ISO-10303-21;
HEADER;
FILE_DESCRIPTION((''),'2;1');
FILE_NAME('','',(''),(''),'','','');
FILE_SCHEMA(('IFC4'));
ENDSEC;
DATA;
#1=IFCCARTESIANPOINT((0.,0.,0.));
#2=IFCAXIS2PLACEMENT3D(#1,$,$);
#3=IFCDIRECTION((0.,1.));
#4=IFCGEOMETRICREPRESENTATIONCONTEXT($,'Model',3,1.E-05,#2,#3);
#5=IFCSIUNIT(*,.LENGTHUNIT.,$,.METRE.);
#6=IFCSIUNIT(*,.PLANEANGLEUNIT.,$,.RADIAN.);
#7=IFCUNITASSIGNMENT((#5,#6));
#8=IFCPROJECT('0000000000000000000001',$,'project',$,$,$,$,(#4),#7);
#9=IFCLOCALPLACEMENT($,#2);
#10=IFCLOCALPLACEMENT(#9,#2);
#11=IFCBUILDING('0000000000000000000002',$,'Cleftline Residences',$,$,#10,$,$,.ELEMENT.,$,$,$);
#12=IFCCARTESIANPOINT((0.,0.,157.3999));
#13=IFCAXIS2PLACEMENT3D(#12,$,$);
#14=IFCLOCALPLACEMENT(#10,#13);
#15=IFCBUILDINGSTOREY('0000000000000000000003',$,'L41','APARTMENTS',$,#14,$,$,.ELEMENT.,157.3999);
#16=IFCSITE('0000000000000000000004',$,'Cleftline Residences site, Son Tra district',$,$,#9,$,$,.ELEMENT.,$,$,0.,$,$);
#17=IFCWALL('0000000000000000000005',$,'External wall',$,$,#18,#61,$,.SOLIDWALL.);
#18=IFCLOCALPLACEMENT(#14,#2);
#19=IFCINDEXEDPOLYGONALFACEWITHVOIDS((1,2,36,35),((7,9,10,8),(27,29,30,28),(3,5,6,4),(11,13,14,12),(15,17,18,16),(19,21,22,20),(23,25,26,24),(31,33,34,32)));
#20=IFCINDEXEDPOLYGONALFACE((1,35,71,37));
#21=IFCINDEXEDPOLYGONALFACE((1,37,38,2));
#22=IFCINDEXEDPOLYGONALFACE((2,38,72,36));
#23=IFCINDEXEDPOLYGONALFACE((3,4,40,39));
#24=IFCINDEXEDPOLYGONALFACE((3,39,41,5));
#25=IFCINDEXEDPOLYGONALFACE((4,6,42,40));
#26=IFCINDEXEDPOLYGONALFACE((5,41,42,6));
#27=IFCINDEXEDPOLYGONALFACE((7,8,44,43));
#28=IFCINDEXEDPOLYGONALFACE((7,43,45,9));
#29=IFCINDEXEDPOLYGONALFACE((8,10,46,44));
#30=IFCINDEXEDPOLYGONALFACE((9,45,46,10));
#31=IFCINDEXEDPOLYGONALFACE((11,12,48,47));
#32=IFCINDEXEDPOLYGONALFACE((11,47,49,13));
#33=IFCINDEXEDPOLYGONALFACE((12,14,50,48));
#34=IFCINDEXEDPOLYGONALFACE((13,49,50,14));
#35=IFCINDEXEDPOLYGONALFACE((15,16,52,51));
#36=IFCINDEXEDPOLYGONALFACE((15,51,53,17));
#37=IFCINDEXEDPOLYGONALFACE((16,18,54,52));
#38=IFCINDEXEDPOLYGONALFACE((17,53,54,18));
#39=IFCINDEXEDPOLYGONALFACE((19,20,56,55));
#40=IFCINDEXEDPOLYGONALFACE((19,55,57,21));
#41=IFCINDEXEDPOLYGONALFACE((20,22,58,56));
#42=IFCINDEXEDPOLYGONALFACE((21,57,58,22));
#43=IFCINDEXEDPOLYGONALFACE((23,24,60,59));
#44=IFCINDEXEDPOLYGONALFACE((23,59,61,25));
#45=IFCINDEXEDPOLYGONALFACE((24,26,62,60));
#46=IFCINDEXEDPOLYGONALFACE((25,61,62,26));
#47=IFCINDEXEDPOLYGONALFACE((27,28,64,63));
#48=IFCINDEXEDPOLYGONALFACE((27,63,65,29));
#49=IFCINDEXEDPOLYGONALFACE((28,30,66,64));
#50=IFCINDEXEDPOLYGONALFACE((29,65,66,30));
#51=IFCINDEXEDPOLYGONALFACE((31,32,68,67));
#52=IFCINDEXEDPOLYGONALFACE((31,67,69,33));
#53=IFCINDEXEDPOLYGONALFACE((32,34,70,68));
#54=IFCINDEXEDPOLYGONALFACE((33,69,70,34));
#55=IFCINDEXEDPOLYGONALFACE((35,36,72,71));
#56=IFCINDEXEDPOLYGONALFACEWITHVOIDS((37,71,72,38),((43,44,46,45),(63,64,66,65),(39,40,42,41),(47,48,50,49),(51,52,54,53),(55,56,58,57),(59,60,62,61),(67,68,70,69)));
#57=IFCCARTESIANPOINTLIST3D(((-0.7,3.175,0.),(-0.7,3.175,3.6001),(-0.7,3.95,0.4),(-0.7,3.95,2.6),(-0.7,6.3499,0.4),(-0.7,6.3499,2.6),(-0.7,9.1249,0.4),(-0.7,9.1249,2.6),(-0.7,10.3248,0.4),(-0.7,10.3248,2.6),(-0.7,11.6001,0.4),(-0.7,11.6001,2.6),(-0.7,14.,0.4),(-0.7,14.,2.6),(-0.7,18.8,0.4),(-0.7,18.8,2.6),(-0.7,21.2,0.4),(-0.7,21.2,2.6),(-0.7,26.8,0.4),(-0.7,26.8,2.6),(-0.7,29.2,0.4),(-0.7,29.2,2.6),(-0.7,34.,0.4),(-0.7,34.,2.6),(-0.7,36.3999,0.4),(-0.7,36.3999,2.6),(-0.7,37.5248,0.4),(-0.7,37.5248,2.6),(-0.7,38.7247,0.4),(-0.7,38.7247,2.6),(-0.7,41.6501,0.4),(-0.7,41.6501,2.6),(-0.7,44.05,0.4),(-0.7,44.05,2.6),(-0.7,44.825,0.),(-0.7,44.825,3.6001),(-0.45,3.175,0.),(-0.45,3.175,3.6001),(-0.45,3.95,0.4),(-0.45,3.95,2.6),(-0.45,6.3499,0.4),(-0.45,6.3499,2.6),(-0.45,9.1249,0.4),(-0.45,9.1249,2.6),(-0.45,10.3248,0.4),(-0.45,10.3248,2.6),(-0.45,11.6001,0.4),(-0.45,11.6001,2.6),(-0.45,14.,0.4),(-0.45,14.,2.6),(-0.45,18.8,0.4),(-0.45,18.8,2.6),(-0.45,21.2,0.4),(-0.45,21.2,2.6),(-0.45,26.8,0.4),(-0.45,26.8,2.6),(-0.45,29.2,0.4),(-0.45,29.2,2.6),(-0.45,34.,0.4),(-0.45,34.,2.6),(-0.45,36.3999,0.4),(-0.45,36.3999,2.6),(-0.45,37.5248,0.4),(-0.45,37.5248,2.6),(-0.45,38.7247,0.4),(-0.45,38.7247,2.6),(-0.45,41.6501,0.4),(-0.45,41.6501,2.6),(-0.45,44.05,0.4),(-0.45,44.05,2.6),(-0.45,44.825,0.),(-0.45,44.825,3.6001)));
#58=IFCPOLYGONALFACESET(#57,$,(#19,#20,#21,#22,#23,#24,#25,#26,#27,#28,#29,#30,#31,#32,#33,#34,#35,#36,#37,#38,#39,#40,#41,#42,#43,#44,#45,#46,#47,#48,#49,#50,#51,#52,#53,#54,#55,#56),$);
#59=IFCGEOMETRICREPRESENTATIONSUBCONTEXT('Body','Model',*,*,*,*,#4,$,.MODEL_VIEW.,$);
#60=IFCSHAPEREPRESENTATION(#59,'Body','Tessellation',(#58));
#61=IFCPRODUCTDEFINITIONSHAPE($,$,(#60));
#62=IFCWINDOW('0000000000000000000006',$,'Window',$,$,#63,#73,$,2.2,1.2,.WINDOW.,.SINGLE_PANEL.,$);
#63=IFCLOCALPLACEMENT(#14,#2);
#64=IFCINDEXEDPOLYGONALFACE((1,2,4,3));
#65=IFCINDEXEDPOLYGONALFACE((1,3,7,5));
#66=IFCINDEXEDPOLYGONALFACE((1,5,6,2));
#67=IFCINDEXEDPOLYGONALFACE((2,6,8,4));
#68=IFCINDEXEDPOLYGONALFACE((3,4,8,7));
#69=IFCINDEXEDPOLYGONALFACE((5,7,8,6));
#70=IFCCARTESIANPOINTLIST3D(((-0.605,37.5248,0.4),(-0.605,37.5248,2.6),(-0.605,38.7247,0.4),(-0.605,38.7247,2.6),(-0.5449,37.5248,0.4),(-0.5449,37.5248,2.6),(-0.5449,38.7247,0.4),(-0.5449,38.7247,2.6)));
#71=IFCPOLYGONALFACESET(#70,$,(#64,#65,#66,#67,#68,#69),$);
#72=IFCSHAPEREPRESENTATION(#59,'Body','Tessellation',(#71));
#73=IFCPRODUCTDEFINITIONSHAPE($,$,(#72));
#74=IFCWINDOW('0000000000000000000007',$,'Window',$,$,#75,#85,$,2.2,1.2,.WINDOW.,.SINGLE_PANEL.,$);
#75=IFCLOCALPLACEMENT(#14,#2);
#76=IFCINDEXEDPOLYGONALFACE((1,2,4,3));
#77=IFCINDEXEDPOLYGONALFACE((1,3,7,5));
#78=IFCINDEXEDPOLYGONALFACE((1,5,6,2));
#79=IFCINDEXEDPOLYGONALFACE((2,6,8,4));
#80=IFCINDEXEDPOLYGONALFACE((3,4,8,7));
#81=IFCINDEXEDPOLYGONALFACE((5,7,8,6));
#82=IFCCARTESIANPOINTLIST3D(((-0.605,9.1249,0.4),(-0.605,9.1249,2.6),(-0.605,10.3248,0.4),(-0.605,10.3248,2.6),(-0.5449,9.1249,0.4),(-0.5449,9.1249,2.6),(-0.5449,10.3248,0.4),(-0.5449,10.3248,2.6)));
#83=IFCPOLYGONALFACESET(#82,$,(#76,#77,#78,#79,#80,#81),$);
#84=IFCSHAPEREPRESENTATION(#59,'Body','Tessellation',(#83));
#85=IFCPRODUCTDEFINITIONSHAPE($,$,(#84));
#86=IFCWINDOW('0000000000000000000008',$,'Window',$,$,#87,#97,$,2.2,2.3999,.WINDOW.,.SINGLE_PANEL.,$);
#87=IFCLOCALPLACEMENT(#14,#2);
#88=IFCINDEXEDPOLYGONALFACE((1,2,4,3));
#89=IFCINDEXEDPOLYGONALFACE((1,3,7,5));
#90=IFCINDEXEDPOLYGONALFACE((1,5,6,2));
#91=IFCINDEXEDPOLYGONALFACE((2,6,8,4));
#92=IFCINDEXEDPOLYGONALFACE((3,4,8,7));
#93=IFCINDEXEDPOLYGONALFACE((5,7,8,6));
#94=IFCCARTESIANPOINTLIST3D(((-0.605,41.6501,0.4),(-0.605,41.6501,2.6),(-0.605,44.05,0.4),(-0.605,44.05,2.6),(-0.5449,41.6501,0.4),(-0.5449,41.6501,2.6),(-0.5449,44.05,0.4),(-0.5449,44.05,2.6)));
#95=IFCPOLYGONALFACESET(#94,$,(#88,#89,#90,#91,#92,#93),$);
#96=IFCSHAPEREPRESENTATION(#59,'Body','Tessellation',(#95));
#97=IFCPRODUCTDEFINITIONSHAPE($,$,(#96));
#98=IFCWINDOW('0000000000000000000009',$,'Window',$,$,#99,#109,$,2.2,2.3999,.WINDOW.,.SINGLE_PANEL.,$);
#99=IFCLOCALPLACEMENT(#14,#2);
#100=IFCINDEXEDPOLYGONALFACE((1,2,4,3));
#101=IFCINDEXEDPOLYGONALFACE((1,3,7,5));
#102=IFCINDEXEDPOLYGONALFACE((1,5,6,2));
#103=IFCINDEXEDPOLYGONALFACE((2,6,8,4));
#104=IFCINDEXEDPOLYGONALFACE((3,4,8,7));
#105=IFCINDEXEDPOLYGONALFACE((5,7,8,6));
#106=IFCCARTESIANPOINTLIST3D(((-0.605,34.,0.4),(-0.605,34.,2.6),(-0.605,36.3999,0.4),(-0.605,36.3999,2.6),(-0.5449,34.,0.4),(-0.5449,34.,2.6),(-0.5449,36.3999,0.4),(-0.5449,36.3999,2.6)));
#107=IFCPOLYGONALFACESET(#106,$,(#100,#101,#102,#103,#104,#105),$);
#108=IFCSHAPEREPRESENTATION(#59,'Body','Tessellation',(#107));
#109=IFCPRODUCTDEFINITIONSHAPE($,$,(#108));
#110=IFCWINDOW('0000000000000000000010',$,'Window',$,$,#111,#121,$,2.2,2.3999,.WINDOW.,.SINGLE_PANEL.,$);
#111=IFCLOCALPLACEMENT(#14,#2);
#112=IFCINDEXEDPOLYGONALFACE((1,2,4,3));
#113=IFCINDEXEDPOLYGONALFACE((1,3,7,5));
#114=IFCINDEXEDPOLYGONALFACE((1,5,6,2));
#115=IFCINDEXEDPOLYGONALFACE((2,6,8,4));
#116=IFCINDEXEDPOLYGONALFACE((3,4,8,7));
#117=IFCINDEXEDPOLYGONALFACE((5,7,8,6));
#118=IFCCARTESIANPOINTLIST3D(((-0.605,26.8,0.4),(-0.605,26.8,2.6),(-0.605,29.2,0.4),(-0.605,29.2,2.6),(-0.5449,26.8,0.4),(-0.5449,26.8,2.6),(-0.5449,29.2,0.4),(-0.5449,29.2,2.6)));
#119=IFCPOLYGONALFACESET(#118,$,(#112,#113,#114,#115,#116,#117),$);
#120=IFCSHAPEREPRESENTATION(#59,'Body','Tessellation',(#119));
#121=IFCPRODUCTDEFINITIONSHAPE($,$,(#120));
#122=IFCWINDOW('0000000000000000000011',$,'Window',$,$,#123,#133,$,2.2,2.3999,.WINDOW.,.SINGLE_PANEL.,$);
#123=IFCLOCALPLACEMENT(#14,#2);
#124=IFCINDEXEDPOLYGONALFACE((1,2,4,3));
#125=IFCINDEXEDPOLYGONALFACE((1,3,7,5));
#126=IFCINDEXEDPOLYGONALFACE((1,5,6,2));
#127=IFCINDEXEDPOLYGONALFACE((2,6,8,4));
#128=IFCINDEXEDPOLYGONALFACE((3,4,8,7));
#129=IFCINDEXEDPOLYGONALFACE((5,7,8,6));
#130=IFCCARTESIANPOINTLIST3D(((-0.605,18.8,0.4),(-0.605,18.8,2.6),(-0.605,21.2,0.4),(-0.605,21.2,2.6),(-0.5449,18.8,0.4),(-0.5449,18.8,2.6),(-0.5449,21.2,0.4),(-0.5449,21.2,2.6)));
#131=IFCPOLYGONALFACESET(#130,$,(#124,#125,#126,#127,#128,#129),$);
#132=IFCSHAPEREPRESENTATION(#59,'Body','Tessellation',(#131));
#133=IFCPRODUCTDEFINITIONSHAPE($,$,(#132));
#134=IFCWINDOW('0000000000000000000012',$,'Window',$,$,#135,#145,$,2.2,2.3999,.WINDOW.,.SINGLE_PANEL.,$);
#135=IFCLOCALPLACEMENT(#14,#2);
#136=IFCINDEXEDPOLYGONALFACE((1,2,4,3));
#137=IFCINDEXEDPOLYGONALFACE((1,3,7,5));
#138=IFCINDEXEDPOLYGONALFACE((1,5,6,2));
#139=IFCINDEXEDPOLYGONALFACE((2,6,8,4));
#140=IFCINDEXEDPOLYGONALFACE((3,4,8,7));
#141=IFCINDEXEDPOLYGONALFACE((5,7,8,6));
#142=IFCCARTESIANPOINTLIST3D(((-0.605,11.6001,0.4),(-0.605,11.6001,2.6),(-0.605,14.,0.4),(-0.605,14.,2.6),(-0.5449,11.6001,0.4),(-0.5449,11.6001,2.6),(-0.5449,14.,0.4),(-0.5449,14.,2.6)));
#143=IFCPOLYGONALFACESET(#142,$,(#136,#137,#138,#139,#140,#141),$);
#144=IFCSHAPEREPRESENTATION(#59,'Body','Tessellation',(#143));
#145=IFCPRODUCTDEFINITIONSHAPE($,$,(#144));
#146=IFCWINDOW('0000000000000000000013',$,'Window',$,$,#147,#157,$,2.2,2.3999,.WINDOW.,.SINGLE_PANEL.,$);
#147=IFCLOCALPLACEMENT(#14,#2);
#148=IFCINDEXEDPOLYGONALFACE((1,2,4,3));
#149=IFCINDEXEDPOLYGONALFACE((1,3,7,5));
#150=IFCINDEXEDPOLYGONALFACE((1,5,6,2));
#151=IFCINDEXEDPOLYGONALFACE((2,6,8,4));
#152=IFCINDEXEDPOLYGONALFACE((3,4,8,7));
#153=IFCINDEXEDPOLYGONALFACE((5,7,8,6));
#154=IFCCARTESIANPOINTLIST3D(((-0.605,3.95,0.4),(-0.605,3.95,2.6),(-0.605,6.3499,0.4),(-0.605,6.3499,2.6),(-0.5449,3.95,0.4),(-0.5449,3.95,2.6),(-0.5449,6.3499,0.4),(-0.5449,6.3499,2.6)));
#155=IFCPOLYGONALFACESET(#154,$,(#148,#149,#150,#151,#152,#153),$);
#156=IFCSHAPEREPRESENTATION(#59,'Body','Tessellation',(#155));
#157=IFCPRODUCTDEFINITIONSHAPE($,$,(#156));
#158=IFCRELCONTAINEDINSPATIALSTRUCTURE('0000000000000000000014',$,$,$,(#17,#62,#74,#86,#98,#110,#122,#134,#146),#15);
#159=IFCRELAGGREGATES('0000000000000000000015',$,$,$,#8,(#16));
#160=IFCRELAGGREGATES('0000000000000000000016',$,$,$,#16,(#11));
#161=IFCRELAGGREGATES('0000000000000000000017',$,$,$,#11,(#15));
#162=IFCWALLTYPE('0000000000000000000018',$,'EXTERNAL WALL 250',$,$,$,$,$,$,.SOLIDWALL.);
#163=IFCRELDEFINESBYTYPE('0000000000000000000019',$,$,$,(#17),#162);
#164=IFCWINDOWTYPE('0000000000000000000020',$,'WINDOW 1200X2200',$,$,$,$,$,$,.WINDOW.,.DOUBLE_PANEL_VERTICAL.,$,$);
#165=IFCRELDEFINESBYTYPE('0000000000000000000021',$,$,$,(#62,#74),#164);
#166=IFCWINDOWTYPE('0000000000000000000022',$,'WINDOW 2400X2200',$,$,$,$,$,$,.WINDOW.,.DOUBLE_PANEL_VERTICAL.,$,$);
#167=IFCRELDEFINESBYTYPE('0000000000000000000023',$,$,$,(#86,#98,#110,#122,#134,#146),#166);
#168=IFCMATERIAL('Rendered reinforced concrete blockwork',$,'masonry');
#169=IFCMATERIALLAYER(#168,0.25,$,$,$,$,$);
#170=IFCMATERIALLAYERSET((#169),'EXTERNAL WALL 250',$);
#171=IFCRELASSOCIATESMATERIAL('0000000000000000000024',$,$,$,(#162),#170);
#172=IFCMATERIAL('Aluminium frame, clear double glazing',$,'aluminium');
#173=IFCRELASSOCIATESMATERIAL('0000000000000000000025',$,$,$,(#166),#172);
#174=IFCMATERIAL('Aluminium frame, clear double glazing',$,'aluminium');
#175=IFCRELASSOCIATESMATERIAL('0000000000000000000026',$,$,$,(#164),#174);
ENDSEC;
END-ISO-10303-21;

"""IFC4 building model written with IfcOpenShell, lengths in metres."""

from ifc_helpers import new_model, si_unit, direction, frame, frame_2d, origin, place, context, subcontext, project, spatial, rectangle, extrude, material, layer, layer_set, type_object, element, fill, save


model = new_model("IFC4")

# Units and contexts
model_context = context("Model", 3, precision=1e-05, world=origin(), true_north=direction((0.0, 1.0)))
body_context = subcontext(model_context, "Body", "Model", "MODEL_VIEW")
ifc_project = project(units=[si_unit("LENGTHUNIT", "METRE"), si_unit("PLANEANGLEUNIT", "RADIAN")], contexts=[model_context])

# Site, building, storey
site_placement = place(None, origin())
site = spatial("IfcSite", under=ifc_project, at=site_placement, Name="Cleftline Residences site, Son Tra district", CompositionType="ELEMENT", RefElevation=0.0)
building_placement = place(site_placement, origin())
building = spatial("IfcBuilding", under=site, at=building_placement, Name="Cleftline Residences", CompositionType="ELEMENT")
storey_placement = place(building_placement, frame((0.0, 0.0, 157.3999)))
storey = spatial("IfcBuildingStorey", under=building, at=storey_placement, Name="L41", Description="APARTMENTS", CompositionType="ELEMENT", Elevation=157.3999)

# Shared definitions
ifc_material_1 = material(Name="Rendered reinforced concrete blockwork", Category="masonry")
ifc_layer_1 = layer(ifc_material_1, 0.25)
ifc_layer_set_1 = layer_set([ifc_layer_1], Name="EXTERNAL WALL 250")
wall_type_1 = type_object("IfcWallType", Name="EXTERNAL WALL 250", PredefinedType="SOLIDWALL", material=ifc_layer_set_1)
ifc_material_2 = material(Name="Aluminium frame, clear double glazing", Category="aluminium")
window_type_1 = type_object("IfcWindowType", Name="WINDOW 2400X2200", PartitioningType="DOUBLE_PANEL_VERTICAL", PredefinedType="WINDOW", material=ifc_material_2)

# Wall, openings, windows
wall_1_placement = place(storey_placement, frame((-0.575, 44.825, 0.0), z_axis=(0.0, 0.0, 1.0), x_axis=(0.0, -1.0, 0.0)))
wall_1 = element("IfcWall", 1, at=wall_1_placement, inside=storey, type_object=wall_type_1, Name="External wall", PredefinedType="SOLIDWALL", context=body_context, shape_type="SweptSolid", body=[
    extrude(rectangle(XDim=41.6499, YDim=0.25, at=frame_2d((20.825, 0.0))), origin(), (0.0, 0.0, 1.0), 3.6001),
])
opening_1_placement = place(wall_1_placement, frame((0.7749, 0.0, 0.3999)))
opening_1 = element("IfcOpeningElement", 2, at=opening_1_placement, cuts=wall_1, PredefinedType="OPENING", context=body_context, shape_type="SweptSolid", body=[
    extrude(rectangle(XDim=2.3999, YDim=2.2, at=frame_2d((1.2, 1.1001))), frame((0.0, 0.135, 0.0), z_axis=(0.0, -1.0, 0.0), x_axis=(1.0, 0.0, 0.0)), (0.0, 0.0, 1.0), 0.27),
])
opening_2_placement = place(wall_1_placement, frame((6.1001, 0.0, 0.3999)))
opening_2 = element("IfcOpeningElement", 3, at=opening_2_placement, cuts=wall_1, PredefinedType="OPENING", context=body_context, shape_type="SweptSolid", body=[
    extrude(rectangle(XDim=1.2, YDim=2.2, at=frame_2d((0.6001, 1.1001))), frame((0.0, 0.135, 0.0), z_axis=(0.0, -1.0, 0.0), x_axis=(1.0, 0.0, 0.0)), (0.0, 0.0, 1.0), 0.27),
])
opening_3_placement = place(wall_1_placement, frame((8.425, 0.0, 0.3999)))
opening_3 = element("IfcOpeningElement", 4, at=opening_3_placement, cuts=wall_1, PredefinedType="OPENING", context=body_context, shape_type="SweptSolid", body=[
    extrude(rectangle(XDim=2.3999, YDim=2.2, at=frame_2d((1.2, 1.1001))), frame((0.0, 0.135, 0.0), z_axis=(0.0, -1.0, 0.0), x_axis=(1.0, 0.0, 0.0)), (0.0, 0.0, 1.0), 0.27),
])
opening_4_placement = place(wall_1_placement, frame((15.625, 0.0, 0.3999)))
opening_4 = element("IfcOpeningElement", 5, at=opening_4_placement, cuts=wall_1, PredefinedType="OPENING", context=body_context, shape_type="SweptSolid", body=[
    extrude(rectangle(XDim=2.3999, YDim=2.2, at=frame_2d((1.2, 1.1001))), frame((0.0, 0.135, 0.0), z_axis=(0.0, -1.0, 0.0), x_axis=(1.0, 0.0, 0.0)), (0.0, 0.0, 1.0), 0.27),
])
opening_5_placement = place(wall_1_placement, frame((23.625, 0.0, 0.3999)))
opening_5 = element("IfcOpeningElement", 6, at=opening_5_placement, cuts=wall_1, PredefinedType="OPENING", context=body_context, shape_type="SweptSolid", body=[
    extrude(rectangle(XDim=2.3999, YDim=2.2, at=frame_2d((1.2, 1.1001))), frame((0.0, 0.135, 0.0), z_axis=(0.0, -1.0, 0.0), x_axis=(1.0, 0.0, 0.0)), (0.0, 0.0, 1.0), 0.27),
])
opening_6_placement = place(wall_1_placement, frame((30.825, 0.0, 0.3999)))
opening_6 = element("IfcOpeningElement", 7, at=opening_6_placement, cuts=wall_1, PredefinedType="OPENING", context=body_context, shape_type="SweptSolid", body=[
    extrude(rectangle(XDim=2.3999, YDim=2.2, at=frame_2d((1.2, 1.1001))), frame((0.0, 0.135, 0.0), z_axis=(0.0, -1.0, 0.0), x_axis=(1.0, 0.0, 0.0)), (0.0, 0.0, 1.0), 0.27),
])
opening_7_placement = place(wall_1_placement, frame((34.5, 0.0, 0.3999)))
opening_7 = element("IfcOpeningElement", 8, at=opening_7_placement, cuts=wall_1, PredefinedType="OPENING", context=body_context, shape_type="SweptSolid", body=[
    extrude(rectangle(XDim=1.2, YDim=2.2, at=frame_2d((0.6001, 1.1001))), frame((0.0, 0.135, 0.0), z_axis=(0.0, -1.0, 0.0), x_axis=(1.0, 0.0, 0.0)), (0.0, 0.0, 1.0), 0.27),
])
opening_8_placement = place(wall_1_placement, frame((38.4751, 0.0, 0.3999)))
opening_8 = element("IfcOpeningElement", 9, at=opening_8_placement, cuts=wall_1, PredefinedType="OPENING", context=body_context, shape_type="SweptSolid", body=[
    extrude(rectangle(XDim=2.3999, YDim=2.2, at=frame_2d((1.2, 1.1001))), frame((0.0, 0.135, 0.0), z_axis=(0.0, -1.0, 0.0), x_axis=(1.0, 0.0, 0.0)), (0.0, 0.0, 1.0), 0.27),
])
ifc_material_3 = material(Name="Aluminium frame, clear double glazing", Category="aluminium")
window_type_2 = type_object("IfcWindowType", Name="WINDOW 1200X2200", PartitioningType="DOUBLE_PANEL_VERTICAL", PredefinedType="WINDOW", material=ifc_material_3)
window_1_placement = place(opening_2_placement, origin())
window_1 = element("IfcWindow", 10, at=window_1_placement, inside=storey, type_object=window_type_2, Name="Window", OverallHeight=2.2, OverallWidth=1.2, PartitioningType="SINGLE_PANEL", PredefinedType="WINDOW", context=body_context, shape_type="SweptSolid", body=[
    extrude(rectangle(XDim=1.2, YDim=2.2, at=frame_2d((0.6001, 1.1001))), frame((0.0, 0.03, 0.0), z_axis=(0.0, -1.0, 0.0), x_axis=(1.0, 0.0, 0.0)), (0.0, 0.0, 1.0), 0.0601),
])
fill(opening_2, window_1)
window_2_placement = place(opening_7_placement, origin())
window_2 = element("IfcWindow", 11, at=window_2_placement, inside=storey, type_object=window_type_2, Name="Window", OverallHeight=2.2, OverallWidth=1.2, PartitioningType="SINGLE_PANEL", PredefinedType="WINDOW", context=body_context, shape_type="SweptSolid", body=[
    extrude(rectangle(XDim=1.2, YDim=2.2, at=frame_2d((0.6001, 1.1001))), frame((0.0, 0.03, 0.0), z_axis=(0.0, -1.0, 0.0), x_axis=(1.0, 0.0, 0.0)), (0.0, 0.0, 1.0), 0.0601),
])
fill(opening_7, window_2)
window_3_placement = place(opening_1_placement, origin())
window_3 = element("IfcWindow", 12, at=window_3_placement, inside=storey, type_object=window_type_1, Name="Window", OverallHeight=2.2, OverallWidth=2.3999, PartitioningType="SINGLE_PANEL", PredefinedType="WINDOW", context=body_context, shape_type="SweptSolid", body=[
    extrude(rectangle(XDim=2.3999, YDim=2.2, at=frame_2d((1.2, 1.1001))), frame((0.0, 0.03, 0.0), z_axis=(0.0, -1.0, 0.0), x_axis=(1.0, 0.0, 0.0)), (0.0, 0.0, 1.0), 0.0601),
])
fill(opening_1, window_3)
window_4_placement = place(opening_3_placement, origin())
window_4 = element("IfcWindow", 13, at=window_4_placement, inside=storey, type_object=window_type_1, Name="Window", OverallHeight=2.2, OverallWidth=2.3999, PartitioningType="SINGLE_PANEL", PredefinedType="WINDOW", context=body_context, shape_type="SweptSolid", body=[
    extrude(rectangle(XDim=2.3999, YDim=2.2, at=frame_2d((1.2, 1.1001))), frame((0.0, 0.03, 0.0), z_axis=(0.0, -1.0, 0.0), x_axis=(1.0, 0.0, 0.0)), (0.0, 0.0, 1.0), 0.0601),
])
fill(opening_3, window_4)
window_5_placement = place(opening_4_placement, origin())
window_5 = element("IfcWindow", 14, at=window_5_placement, inside=storey, type_object=window_type_1, Name="Window", OverallHeight=2.2, OverallWidth=2.3999, PartitioningType="SINGLE_PANEL", PredefinedType="WINDOW", context=body_context, shape_type="SweptSolid", body=[
    extrude(rectangle(XDim=2.3999, YDim=2.2, at=frame_2d((1.2, 1.1001))), frame((0.0, 0.03, 0.0), z_axis=(0.0, -1.0, 0.0), x_axis=(1.0, 0.0, 0.0)), (0.0, 0.0, 1.0), 0.0601),
])
fill(opening_4, window_5)
window_6_placement = place(opening_5_placement, origin())
window_6 = element("IfcWindow", 15, at=window_6_placement, inside=storey, type_object=window_type_1, Name="Window", OverallHeight=2.2, OverallWidth=2.3999, PartitioningType="SINGLE_PANEL", PredefinedType="WINDOW", context=body_context, shape_type="SweptSolid", body=[
    extrude(rectangle(XDim=2.3999, YDim=2.2, at=frame_2d((1.2, 1.1001))), frame((0.0, 0.03, 0.0), z_axis=(0.0, -1.0, 0.0), x_axis=(1.0, 0.0, 0.0)), (0.0, 0.0, 1.0), 0.0601),
])
fill(opening_5, window_6)
window_7_placement = place(opening_6_placement, origin())
window_7 = element("IfcWindow", 16, at=window_7_placement, inside=storey, type_object=window_type_1, Name="Window", OverallHeight=2.2, OverallWidth=2.3999, PartitioningType="SINGLE_PANEL", PredefinedType="WINDOW", context=body_context, shape_type="SweptSolid", body=[
    extrude(rectangle(XDim=2.3999, YDim=2.2, at=frame_2d((1.2, 1.1001))), frame((0.0, 0.03, 0.0), z_axis=(0.0, -1.0, 0.0), x_axis=(1.0, 0.0, 0.0)), (0.0, 0.0, 1.0), 0.0601),
])
fill(opening_6, window_7)
window_8_placement = place(opening_8_placement, origin())
window_8 = element("IfcWindow", 17, at=window_8_placement, inside=storey, type_object=window_type_1, Name="Window", OverallHeight=2.2, OverallWidth=2.3999, PartitioningType="SINGLE_PANEL", PredefinedType="WINDOW", context=body_context, shape_type="SweptSolid", body=[
    extrude(rectangle(XDim=2.3999, YDim=2.2, at=frame_2d((1.2, 1.1001))), frame((0.0, 0.03, 0.0), z_axis=(0.0, -1.0, 0.0), x_axis=(1.0, 0.0, 0.0)), (0.0, 0.0, 1.0), 0.0601),
])
fill(opening_8, window_8)

save(model, "model.ifc")
